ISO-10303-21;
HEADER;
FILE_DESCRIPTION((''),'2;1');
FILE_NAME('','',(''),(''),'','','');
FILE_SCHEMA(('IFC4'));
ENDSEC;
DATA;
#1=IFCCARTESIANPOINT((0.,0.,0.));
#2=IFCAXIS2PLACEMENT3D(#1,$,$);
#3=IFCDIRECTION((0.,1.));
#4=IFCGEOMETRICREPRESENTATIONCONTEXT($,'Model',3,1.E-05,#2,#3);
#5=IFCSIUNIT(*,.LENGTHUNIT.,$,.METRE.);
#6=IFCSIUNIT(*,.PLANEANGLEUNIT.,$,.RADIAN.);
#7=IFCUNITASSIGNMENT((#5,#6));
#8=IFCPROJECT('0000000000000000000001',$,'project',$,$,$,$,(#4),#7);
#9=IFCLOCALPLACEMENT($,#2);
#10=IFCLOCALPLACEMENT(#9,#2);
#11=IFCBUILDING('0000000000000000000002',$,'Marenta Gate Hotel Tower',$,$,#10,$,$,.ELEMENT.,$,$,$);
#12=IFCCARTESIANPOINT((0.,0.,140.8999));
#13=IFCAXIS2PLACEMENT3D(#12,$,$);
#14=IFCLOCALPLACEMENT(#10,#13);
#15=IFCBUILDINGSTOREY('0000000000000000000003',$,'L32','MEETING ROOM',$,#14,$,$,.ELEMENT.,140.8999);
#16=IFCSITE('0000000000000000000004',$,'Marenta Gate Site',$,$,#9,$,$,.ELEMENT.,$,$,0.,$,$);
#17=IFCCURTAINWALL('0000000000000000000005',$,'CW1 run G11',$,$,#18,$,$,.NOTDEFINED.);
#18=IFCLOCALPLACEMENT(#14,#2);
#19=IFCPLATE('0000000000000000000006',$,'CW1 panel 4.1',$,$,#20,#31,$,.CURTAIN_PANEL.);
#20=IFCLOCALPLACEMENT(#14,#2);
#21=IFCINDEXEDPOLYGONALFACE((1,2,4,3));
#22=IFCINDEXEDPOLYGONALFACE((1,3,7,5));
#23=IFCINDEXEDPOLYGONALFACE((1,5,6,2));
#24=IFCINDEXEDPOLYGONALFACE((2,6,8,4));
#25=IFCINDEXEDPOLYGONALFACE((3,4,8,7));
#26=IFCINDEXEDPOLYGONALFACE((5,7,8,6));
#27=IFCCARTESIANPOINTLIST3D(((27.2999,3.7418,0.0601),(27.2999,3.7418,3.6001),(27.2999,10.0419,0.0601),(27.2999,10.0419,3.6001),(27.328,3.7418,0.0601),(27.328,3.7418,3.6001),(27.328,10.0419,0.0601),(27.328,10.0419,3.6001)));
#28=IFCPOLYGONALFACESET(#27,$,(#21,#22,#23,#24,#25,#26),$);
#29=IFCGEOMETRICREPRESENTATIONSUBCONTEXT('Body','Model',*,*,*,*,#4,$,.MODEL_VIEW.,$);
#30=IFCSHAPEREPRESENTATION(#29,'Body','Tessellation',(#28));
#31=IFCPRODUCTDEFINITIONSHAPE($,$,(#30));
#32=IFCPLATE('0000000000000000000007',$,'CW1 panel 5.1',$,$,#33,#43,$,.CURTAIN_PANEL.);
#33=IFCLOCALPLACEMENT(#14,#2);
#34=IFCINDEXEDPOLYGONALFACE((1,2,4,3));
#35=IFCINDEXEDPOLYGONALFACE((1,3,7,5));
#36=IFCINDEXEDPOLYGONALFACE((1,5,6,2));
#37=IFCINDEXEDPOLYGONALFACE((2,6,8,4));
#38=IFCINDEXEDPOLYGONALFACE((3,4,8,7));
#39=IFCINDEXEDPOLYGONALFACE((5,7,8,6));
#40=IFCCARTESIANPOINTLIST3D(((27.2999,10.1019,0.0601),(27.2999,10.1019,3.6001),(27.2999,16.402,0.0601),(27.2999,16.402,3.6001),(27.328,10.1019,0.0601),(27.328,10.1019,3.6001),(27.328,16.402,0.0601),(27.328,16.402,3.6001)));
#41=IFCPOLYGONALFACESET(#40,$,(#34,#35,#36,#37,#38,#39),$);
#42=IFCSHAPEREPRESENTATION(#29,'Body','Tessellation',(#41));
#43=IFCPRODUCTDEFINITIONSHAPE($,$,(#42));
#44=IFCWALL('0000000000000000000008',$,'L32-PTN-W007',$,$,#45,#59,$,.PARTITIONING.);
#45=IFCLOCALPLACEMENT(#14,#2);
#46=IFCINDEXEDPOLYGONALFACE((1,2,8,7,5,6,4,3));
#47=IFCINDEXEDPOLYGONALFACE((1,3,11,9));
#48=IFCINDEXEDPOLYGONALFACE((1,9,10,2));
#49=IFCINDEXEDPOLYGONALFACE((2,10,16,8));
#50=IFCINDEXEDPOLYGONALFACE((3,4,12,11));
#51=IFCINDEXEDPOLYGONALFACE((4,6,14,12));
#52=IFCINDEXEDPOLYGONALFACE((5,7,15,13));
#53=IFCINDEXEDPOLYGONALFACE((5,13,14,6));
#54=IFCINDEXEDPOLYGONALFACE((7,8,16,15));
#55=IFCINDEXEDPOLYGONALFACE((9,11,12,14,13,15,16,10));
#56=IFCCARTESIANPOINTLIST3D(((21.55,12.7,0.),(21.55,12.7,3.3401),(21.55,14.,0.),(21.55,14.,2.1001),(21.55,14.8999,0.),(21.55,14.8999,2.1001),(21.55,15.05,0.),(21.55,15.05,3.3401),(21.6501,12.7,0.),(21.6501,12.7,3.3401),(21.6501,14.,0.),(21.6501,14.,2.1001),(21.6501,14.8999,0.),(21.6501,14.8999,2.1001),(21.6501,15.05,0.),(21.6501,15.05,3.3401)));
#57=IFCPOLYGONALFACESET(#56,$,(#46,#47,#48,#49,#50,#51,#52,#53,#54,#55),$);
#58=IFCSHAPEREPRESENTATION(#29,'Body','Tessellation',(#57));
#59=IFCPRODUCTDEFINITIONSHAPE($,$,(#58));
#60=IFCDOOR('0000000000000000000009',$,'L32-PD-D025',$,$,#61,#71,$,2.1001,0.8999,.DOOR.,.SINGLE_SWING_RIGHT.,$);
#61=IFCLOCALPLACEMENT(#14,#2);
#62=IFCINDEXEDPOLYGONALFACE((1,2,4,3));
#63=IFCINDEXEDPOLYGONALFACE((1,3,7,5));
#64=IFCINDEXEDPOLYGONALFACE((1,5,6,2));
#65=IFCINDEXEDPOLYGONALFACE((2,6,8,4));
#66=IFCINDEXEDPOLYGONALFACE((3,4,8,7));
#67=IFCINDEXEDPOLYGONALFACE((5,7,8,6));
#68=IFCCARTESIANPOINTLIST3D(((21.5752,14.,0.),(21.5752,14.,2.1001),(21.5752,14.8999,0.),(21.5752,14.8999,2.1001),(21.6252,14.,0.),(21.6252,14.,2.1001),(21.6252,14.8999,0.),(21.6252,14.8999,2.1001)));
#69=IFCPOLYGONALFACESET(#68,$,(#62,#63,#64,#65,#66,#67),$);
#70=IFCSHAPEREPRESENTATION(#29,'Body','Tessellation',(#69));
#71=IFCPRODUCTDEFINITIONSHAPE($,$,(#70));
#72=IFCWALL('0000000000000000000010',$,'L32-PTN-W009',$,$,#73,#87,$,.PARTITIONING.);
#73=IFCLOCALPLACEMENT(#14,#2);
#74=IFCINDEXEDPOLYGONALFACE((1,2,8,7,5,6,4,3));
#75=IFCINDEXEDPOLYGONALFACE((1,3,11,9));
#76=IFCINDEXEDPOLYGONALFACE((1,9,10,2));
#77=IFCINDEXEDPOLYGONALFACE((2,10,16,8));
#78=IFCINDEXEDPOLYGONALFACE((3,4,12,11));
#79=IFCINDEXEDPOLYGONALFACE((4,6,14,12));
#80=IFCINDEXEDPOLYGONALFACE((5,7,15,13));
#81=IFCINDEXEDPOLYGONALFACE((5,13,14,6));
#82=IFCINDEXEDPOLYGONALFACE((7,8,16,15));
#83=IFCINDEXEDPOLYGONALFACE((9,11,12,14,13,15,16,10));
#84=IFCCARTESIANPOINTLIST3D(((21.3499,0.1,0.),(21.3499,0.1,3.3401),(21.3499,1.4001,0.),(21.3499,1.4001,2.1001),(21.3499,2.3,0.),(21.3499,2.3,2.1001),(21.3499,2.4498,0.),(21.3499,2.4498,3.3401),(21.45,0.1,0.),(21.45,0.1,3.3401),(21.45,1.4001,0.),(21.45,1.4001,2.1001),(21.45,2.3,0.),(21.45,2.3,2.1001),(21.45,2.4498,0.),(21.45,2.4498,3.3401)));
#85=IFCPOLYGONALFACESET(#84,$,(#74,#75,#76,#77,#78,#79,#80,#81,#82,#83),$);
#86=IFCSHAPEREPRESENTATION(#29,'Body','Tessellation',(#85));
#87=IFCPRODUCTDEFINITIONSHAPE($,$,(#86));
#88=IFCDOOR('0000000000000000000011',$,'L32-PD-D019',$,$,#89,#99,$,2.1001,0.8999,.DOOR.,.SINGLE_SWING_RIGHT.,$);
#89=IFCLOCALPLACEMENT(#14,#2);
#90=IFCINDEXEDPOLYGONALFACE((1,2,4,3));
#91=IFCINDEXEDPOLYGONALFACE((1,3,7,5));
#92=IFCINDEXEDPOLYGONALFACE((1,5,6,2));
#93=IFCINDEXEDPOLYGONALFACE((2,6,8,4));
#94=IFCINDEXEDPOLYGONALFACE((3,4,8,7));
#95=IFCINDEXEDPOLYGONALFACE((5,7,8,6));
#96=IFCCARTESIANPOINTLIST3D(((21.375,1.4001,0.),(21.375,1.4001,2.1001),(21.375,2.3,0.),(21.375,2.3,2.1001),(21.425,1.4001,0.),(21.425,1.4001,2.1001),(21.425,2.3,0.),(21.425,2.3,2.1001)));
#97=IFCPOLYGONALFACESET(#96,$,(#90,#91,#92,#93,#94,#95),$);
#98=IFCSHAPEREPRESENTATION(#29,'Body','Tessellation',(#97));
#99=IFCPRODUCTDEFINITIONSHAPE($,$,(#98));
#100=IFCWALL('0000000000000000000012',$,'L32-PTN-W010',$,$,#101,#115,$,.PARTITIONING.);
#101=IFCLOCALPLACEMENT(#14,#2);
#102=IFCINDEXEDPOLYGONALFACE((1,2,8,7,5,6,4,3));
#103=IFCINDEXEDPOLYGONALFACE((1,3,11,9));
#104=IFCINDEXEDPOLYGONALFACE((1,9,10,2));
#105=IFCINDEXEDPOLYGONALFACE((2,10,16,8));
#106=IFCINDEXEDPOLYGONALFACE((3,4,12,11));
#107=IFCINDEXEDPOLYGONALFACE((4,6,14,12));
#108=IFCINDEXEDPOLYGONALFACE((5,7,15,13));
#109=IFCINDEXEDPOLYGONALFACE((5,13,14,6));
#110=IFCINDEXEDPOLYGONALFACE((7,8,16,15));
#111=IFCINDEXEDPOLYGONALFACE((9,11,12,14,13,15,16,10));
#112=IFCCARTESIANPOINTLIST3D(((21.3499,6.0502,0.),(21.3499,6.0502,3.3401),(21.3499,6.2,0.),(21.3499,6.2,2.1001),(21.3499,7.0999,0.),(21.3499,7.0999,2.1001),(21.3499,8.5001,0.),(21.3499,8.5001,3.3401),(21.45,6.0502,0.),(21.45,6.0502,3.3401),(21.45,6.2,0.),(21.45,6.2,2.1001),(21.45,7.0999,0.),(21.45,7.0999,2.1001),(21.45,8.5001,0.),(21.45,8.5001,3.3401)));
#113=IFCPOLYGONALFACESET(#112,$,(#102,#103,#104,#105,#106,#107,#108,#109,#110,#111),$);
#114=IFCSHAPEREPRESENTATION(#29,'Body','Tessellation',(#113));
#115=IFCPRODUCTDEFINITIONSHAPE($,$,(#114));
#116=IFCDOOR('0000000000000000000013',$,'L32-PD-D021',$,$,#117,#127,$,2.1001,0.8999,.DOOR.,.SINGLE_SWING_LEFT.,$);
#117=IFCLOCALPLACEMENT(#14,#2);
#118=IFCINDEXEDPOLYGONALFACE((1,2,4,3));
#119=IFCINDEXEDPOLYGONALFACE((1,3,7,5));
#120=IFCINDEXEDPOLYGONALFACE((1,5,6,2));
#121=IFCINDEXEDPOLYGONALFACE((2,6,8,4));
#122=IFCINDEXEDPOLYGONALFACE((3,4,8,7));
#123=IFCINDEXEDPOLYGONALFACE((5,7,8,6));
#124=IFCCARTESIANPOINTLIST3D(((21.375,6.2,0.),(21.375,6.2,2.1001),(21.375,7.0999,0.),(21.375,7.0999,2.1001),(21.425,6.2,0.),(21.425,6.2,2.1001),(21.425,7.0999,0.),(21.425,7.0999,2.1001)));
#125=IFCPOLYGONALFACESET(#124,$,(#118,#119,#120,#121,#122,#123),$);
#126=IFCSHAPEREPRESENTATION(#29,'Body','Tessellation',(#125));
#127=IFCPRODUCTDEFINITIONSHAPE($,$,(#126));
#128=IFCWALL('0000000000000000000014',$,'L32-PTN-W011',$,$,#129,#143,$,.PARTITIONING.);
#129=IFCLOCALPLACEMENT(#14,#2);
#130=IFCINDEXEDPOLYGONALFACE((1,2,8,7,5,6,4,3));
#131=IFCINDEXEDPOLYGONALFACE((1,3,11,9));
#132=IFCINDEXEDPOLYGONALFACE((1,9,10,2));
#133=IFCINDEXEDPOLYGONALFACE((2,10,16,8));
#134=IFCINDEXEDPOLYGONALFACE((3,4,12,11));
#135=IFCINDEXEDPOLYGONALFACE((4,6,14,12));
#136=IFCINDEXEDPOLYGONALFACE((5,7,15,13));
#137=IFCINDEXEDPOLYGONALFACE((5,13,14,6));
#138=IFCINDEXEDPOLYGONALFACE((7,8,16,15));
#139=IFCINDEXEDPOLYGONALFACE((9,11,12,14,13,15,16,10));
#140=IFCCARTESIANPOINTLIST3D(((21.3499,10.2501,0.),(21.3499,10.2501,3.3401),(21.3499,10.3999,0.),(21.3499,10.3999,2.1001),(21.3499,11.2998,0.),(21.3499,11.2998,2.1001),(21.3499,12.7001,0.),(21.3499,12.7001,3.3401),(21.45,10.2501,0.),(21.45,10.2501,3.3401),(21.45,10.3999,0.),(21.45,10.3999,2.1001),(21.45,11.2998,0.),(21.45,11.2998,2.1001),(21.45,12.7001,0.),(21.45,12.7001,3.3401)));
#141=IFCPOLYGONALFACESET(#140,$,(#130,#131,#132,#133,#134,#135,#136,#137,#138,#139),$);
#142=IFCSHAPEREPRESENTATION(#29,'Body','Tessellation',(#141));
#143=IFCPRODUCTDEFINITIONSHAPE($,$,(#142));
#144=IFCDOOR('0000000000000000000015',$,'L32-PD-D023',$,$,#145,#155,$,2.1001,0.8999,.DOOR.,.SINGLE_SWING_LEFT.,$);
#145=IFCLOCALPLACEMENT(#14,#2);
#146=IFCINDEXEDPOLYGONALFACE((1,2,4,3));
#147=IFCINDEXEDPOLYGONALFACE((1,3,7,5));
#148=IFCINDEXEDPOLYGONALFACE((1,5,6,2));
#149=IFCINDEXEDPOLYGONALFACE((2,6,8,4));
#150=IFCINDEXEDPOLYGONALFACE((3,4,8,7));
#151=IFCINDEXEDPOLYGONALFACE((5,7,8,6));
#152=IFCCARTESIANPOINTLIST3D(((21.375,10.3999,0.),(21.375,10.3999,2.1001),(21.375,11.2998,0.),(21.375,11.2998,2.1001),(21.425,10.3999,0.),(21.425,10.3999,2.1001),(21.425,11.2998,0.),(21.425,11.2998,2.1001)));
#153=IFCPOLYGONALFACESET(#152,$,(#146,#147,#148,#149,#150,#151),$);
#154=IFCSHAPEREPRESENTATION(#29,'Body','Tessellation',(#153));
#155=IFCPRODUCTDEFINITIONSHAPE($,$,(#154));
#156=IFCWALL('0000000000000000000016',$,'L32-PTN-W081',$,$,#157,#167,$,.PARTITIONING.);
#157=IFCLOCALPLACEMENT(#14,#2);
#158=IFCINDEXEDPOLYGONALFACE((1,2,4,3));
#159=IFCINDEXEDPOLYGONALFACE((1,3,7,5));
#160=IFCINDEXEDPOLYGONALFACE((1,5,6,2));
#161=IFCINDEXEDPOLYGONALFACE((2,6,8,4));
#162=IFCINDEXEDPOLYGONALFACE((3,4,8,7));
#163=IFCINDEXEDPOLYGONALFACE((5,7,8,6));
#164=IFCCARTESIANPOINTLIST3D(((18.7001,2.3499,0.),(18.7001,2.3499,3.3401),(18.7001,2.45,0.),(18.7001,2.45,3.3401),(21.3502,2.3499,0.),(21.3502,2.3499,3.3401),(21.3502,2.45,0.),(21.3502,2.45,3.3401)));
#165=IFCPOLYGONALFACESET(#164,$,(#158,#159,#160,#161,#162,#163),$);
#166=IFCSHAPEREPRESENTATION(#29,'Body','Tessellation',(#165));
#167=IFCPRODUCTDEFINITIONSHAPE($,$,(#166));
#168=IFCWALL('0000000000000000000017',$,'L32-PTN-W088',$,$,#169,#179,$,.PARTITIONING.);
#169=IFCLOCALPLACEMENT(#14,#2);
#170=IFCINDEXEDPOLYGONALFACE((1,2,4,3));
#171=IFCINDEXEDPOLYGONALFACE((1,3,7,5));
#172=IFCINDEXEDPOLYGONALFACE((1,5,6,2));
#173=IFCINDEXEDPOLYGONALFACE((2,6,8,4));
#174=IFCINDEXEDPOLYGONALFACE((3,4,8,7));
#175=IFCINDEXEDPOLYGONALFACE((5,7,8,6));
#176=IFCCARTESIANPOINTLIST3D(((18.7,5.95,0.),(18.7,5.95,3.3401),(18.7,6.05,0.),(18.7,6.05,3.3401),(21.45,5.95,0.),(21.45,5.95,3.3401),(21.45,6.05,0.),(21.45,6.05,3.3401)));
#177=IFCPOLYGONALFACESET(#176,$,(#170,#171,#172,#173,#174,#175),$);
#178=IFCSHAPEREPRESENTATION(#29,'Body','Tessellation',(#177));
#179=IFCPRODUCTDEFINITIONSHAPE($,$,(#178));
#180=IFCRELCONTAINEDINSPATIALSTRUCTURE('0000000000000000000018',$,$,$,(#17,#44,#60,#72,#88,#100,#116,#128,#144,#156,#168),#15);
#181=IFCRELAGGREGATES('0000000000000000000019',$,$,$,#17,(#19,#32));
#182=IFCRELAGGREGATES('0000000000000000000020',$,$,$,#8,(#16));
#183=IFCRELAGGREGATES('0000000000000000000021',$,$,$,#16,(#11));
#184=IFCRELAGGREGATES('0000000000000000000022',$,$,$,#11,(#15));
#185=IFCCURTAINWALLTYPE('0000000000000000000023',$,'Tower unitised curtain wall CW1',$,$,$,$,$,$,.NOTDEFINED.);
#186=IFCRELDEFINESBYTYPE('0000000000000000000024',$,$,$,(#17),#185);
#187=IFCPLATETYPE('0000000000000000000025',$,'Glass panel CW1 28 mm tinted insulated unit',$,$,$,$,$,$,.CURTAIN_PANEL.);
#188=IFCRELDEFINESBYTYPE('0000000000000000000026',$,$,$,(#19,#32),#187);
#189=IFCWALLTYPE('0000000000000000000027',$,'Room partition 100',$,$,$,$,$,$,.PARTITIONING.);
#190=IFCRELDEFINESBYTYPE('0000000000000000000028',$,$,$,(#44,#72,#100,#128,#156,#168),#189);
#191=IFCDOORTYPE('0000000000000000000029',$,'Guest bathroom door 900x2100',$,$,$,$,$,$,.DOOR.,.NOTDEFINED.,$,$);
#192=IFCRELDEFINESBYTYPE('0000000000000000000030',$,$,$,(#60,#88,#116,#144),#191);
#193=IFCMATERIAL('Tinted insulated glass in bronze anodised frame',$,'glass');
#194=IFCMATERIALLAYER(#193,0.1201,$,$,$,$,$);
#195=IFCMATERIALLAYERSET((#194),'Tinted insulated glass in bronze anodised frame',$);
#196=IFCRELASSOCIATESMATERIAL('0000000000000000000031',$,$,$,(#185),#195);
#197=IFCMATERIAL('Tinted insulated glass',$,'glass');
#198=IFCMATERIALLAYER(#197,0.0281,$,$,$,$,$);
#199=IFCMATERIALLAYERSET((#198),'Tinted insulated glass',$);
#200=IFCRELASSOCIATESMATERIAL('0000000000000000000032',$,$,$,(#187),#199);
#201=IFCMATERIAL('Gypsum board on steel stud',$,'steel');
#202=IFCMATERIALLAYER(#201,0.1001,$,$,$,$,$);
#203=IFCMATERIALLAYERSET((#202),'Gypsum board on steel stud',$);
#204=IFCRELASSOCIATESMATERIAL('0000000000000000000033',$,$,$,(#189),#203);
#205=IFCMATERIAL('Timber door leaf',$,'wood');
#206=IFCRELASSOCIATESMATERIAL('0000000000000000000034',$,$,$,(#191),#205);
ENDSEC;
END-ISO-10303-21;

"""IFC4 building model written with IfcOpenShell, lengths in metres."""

from ifc_helpers import new_model, si_unit, direction, frame, frame_2d, origin, origin_2d, place, context, subcontext, project, spatial, rectangle, extrude, material, layer, layer_set, type_object, element, fill, aggregate, save


model = new_model("IFC4")

# Units and contexts
model_context = context("Model", 3, precision=1e-05, world=origin(), true_north=direction((0.0, 1.0)))
body_context = subcontext(model_context, "Body", "Model", "MODEL_VIEW")
ifc_project = project(units=[si_unit("LENGTHUNIT", "METRE"), si_unit("PLANEANGLEUNIT", "RADIAN")], contexts=[model_context])

# Site, building, storey
site_placement = place(None, origin())
site = spatial("IfcSite", under=ifc_project, at=site_placement, Name="Marenta Gate Site", CompositionType="ELEMENT", RefElevation=0.0)
building_placement = place(site_placement, origin())
building = spatial("IfcBuilding", under=site, at=building_placement, Name="Marenta Gate Hotel Tower", CompositionType="ELEMENT")
storey_placement = place(building_placement, frame((0.0, 0.0, 140.8999)))
storey = spatial("IfcBuildingStorey", under=building, at=storey_placement, Name="L32", Description="MEETING ROOM", CompositionType="ELEMENT", Elevation=140.8999)

# Curtain wall, plates
ifc_material_1 = material(Name="Tinted insulated glass in bronze anodised frame", Category="glass")
ifc_layer_1 = layer(ifc_material_1, 0.1201)
ifc_layer_set_1 = layer_set([ifc_layer_1], Name="Tinted insulated glass in bronze anodised frame")
curtain_wall_type = type_object("IfcCurtainWallType", Name="Tower unitised curtain wall CW1", PredefinedType="NOTDEFINED", material=ifc_layer_set_1)
curtain_wall_placement = place(storey_placement, origin())
curtain_wall = element("IfcCurtainWall", 1, at=curtain_wall_placement, inside=storey, type_object=curtain_wall_type, Name="CW1 run G11", PredefinedType="NOTDEFINED")
ifc_material_2 = material(Name="Tinted insulated glass", Category="glass")
ifc_layer_2 = layer(ifc_material_2, 0.0281)
ifc_layer_set_2 = layer_set([ifc_layer_2], Name="Tinted insulated glass")
plate_type = type_object("IfcPlateType", Name="Glass panel CW1 28 mm tinted insulated unit", PredefinedType="CURTAIN_PANEL", material=ifc_layer_set_2)
plate_1_placement = place(storey_placement, frame((27.314, 6.8918, 0.0601), z_axis=(0.0, 0.0, 1.0), x_axis=(0.0, 1.0, 0.0)))
plate_1 = element("IfcPlate", 2, at=plate_1_placement, type_object=plate_type, Name="CW1 panel 4.1", PredefinedType="CURTAIN_PANEL", context=body_context, shape_type="SweptSolid", body=[
    extrude(rectangle(XDim=6.3, YDim=0.0281, at=origin_2d()), origin(), (0.0, 0.0, 1.0), 3.54),
])
plate_2_placement = place(storey_placement, frame((27.314, 13.252, 0.0601), z_axis=(0.0, 0.0, 1.0), x_axis=(0.0, 1.0, 0.0)))
plate_2 = element("IfcPlate", 3, at=plate_2_placement, type_object=plate_type, Name="CW1 panel 5.1", PredefinedType="CURTAIN_PANEL", context=body_context, shape_type="SweptSolid", body=[
    extrude(rectangle(XDim=6.3, YDim=0.0281, at=origin_2d()), origin(), (0.0, 0.0, 1.0), 3.54),
])
aggregate(curtain_wall, [plate_1, plate_2])

# Walls, openings, doors
ifc_material_3 = material(Name="Gypsum board on steel stud", Category="steel")
ifc_layer_3 = layer(ifc_material_3, 0.1001)
ifc_layer_set_3 = layer_set([ifc_layer_3], Name="Gypsum board on steel stud")
wall_type_1 = type_object("IfcWallType", Name="Room partition 100", PredefinedType="PARTITIONING", material=ifc_layer_set_3)
wall_1_placement = place(storey_placement, frame((21.6001, 12.7, 0.0), z_axis=(0.0, 0.0, 1.0), x_axis=(0.0, 1.0, 0.0)))
wall_1 = element("IfcWall", 4, at=wall_1_placement, inside=storey, type_object=wall_type_1, Name="L32-PTN-W007", PredefinedType="PARTITIONING", context=body_context, shape_type="SweptSolid", body=[
    extrude(rectangle(XDim=2.3501, YDim=0.1001, at=frame_2d((1.175, 0.0))), origin(), (0.0, 0.0, 1.0), 3.3401),
])
opening_1_placement = place(wall_1_placement, frame((1.3, 0.0, 0.0)))
opening_1 = element("IfcOpeningElement", 5, at=opening_1_placement, cuts=wall_1, PredefinedType="OPENING", context=body_context, shape_type="SweptSolid", body=[
    extrude(rectangle(XDim=0.8999, YDim=2.1001, at=frame_2d((0.45, 1.05))), frame((0.0, 0.05, 0.0), z_axis=(0.0, -1.0, 0.0), x_axis=(1.0, 0.0, 0.0)), (0.0, 0.0, 1.0), 0.1001),
])
ifc_material_4 = material(Name="Timber door leaf", Category="wood")
door_type = type_object("IfcDoorType", Name="Guest bathroom door 900x2100", OperationType="NOTDEFINED", PredefinedType="DOOR", material=ifc_material_4)
door_1_placement = place(opening_1_placement, origin())
door_1 = element("IfcDoor", 6, at=door_1_placement, inside=storey, type_object=door_type, Name="L32-PD-D025", OperationType="SINGLE_SWING_RIGHT", OverallHeight=2.1001, OverallWidth=0.8999, PredefinedType="DOOR", context=body_context, shape_type="SweptSolid", body=[
    extrude(rectangle(XDim=0.8999, YDim=2.1001, at=frame_2d((0.45, 1.05))), frame((0.0, 0.0249, 0.0), z_axis=(0.0, -1.0, 0.0), x_axis=(1.0, 0.0, 0.0)), (0.0, 0.0, 1.0), 0.05),
])
fill(opening_1, door_1)
wall_2_placement = place(storey_placement, frame((21.3999, 0.1001, 0.0), z_axis=(0.0, 0.0, 1.0), x_axis=(0.0, 1.0, 0.0)))
wall_2 = element("IfcWall", 7, at=wall_2_placement, inside=storey, type_object=wall_type_1, Name="L32-PTN-W009", PredefinedType="PARTITIONING", context=body_context, shape_type="SweptSolid", body=[
    extrude(rectangle(XDim=2.3499, YDim=0.1001, at=frame_2d((1.1748, 0.0))), origin(), (0.0, 0.0, 1.0), 3.3401),
])
opening_2_placement = place(wall_2_placement, frame((1.3, 0.0, 0.0)))
opening_2 = element("IfcOpeningElement", 8, at=opening_2_placement, cuts=wall_2, PredefinedType="OPENING", context=body_context, shape_type="SweptSolid", body=[
    extrude(rectangle(XDim=0.8999, YDim=2.1001, at=frame_2d((0.45, 1.05))), frame((0.0, 0.05, 0.0), z_axis=(0.0, -1.0, 0.0), x_axis=(1.0, 0.0, 0.0)), (0.0, 0.0, 1.0), 0.1001),
])
door_2_placement = place(opening_2_placement, origin())
door_2 = element("IfcDoor", 9, at=door_2_placement, inside=storey, type_object=door_type, Name="L32-PD-D019", OperationType="SINGLE_SWING_RIGHT", OverallHeight=2.1001, OverallWidth=0.8999, PredefinedType="DOOR", context=body_context, shape_type="SweptSolid", body=[
    extrude(rectangle(XDim=0.8999, YDim=2.1001, at=frame_2d((0.45, 1.05))), frame((0.0, 0.0249, 0.0), z_axis=(0.0, -1.0, 0.0), x_axis=(1.0, 0.0, 0.0)), (0.0, 0.0, 1.0), 0.05),
])
fill(opening_2, door_2)
wall_3_placement = place(storey_placement, frame((21.3999, 6.05, 0.0), z_axis=(0.0, 0.0, 1.0), x_axis=(0.0, 1.0, 0.0)))
wall_3 = element("IfcWall", 10, at=wall_3_placement, inside=storey, type_object=wall_type_1, Name="L32-PTN-W010", PredefinedType="PARTITIONING", context=body_context, shape_type="SweptSolid", body=[
    extrude(rectangle(XDim=2.45, YDim=0.1001, at=frame_2d((1.2251, 0.0))), origin(), (0.0, 0.0, 1.0), 3.3401),
])
opening_3_placement = place(wall_3_placement, frame((0.1499, 0.0, 0.0)))
opening_3 = element("IfcOpeningElement", 11, at=opening_3_placement, cuts=wall_3, PredefinedType="OPENING", context=body_context, shape_type="SweptSolid", body=[
    extrude(rectangle(XDim=0.8999, YDim=2.1001, at=frame_2d((0.45, 1.05))), frame((0.0, 0.05, 0.0), z_axis=(0.0, -1.0, 0.0), x_axis=(1.0, 0.0, 0.0)), (0.0, 0.0, 1.0), 0.1001),
])
door_3_placement = place(opening_3_placement, origin())
door_3 = element("IfcDoor", 12, at=door_3_placement, inside=storey, type_object=door_type, Name="L32-PD-D021", OperationType="SINGLE_SWING_LEFT", OverallHeight=2.1001, OverallWidth=0.8999, PredefinedType="DOOR", context=body_context, shape_type="SweptSolid", body=[
    extrude(rectangle(XDim=0.8999, YDim=2.1001, at=frame_2d((0.45, 1.05))), frame((0.0, 0.0249, 0.0), z_axis=(0.0, -1.0, 0.0), x_axis=(1.0, 0.0, 0.0)), (0.0, 0.0, 1.0), 0.05),
])
fill(opening_3, door_3)
wall_4_placement = place(storey_placement, frame((21.3999, 10.25, 0.0), z_axis=(0.0, 0.0, 1.0), x_axis=(0.0, 1.0, 0.0)))
wall_4 = element("IfcWall", 13, at=wall_4_placement, inside=storey, type_object=wall_type_1, Name="L32-PTN-W011", PredefinedType="PARTITIONING", context=body_context, shape_type="SweptSolid", body=[
    extrude(rectangle(XDim=2.45, YDim=0.1001, at=frame_2d((1.2251, 0.0))), origin(), (0.0, 0.0, 1.0), 3.3401),
])
opening_4_placement = place(wall_4_placement, frame((0.1499, 0.0, 0.0)))
opening_4 = element("IfcOpeningElement", 14, at=opening_4_placement, cuts=wall_4, PredefinedType="OPENING", context=body_context, shape_type="SweptSolid", body=[
    extrude(rectangle(XDim=0.8999, YDim=2.1001, at=frame_2d((0.45, 1.05))), frame((0.0, 0.05, 0.0), z_axis=(0.0, -1.0, 0.0), x_axis=(1.0, 0.0, 0.0)), (0.0, 0.0, 1.0), 0.1001),
])
door_4_placement = place(opening_4_placement, origin())
door_4 = element("IfcDoor", 15, at=door_4_placement, inside=storey, type_object=door_type, Name="L32-PD-D023", OperationType="SINGLE_SWING_LEFT", OverallHeight=2.1001, OverallWidth=0.8999, PredefinedType="DOOR", context=body_context, shape_type="SweptSolid", body=[
    extrude(rectangle(XDim=0.8999, YDim=2.1001, at=frame_2d((0.45, 1.05))), frame((0.0, 0.0249, 0.0), z_axis=(0.0, -1.0, 0.0), x_axis=(1.0, 0.0, 0.0)), (0.0, 0.0, 1.0), 0.05),
])
fill(opening_4, door_4)

# Walls
wall_5_placement = place(storey_placement, frame((18.7, 2.3999, 0.0), z_axis=(0.0, 0.0, 1.0), x_axis=(1.0, 0.0, 0.0)))
element("IfcWall", 16, at=wall_5_placement, inside=storey, type_object=wall_type_1, Name="L32-PTN-W081", PredefinedType="PARTITIONING", context=body_context, shape_type="SweptSolid", body=[
    extrude(rectangle(XDim=2.6501, YDim=0.1001, at=frame_2d((1.3252, 0.0))), origin(), (0.0, 0.0, 1.0), 3.3401),
])
for number, where, z_axis, x_axis, name in (
    (17, (18.7, 6.0, 0.0), (0.0, 0.0, 1.0), (1.0, 0.0, 0.0), "L32-PTN-W088"),
):
    element("IfcWall", number, at=place(storey_placement, frame(where, z_axis=z_axis, x_axis=x_axis)), inside=storey, type_object=wall_type_1, Name=name, PredefinedType="PARTITIONING", context=body_context, shape_type="SweptSolid", body=[
        extrude(rectangle(XDim=2.75, YDim=0.1001, at=frame_2d((1.375, 0.0))), origin(), (0.0, 0.0, 1.0), 3.3401),
    ])

save(model, "model.ifc")
